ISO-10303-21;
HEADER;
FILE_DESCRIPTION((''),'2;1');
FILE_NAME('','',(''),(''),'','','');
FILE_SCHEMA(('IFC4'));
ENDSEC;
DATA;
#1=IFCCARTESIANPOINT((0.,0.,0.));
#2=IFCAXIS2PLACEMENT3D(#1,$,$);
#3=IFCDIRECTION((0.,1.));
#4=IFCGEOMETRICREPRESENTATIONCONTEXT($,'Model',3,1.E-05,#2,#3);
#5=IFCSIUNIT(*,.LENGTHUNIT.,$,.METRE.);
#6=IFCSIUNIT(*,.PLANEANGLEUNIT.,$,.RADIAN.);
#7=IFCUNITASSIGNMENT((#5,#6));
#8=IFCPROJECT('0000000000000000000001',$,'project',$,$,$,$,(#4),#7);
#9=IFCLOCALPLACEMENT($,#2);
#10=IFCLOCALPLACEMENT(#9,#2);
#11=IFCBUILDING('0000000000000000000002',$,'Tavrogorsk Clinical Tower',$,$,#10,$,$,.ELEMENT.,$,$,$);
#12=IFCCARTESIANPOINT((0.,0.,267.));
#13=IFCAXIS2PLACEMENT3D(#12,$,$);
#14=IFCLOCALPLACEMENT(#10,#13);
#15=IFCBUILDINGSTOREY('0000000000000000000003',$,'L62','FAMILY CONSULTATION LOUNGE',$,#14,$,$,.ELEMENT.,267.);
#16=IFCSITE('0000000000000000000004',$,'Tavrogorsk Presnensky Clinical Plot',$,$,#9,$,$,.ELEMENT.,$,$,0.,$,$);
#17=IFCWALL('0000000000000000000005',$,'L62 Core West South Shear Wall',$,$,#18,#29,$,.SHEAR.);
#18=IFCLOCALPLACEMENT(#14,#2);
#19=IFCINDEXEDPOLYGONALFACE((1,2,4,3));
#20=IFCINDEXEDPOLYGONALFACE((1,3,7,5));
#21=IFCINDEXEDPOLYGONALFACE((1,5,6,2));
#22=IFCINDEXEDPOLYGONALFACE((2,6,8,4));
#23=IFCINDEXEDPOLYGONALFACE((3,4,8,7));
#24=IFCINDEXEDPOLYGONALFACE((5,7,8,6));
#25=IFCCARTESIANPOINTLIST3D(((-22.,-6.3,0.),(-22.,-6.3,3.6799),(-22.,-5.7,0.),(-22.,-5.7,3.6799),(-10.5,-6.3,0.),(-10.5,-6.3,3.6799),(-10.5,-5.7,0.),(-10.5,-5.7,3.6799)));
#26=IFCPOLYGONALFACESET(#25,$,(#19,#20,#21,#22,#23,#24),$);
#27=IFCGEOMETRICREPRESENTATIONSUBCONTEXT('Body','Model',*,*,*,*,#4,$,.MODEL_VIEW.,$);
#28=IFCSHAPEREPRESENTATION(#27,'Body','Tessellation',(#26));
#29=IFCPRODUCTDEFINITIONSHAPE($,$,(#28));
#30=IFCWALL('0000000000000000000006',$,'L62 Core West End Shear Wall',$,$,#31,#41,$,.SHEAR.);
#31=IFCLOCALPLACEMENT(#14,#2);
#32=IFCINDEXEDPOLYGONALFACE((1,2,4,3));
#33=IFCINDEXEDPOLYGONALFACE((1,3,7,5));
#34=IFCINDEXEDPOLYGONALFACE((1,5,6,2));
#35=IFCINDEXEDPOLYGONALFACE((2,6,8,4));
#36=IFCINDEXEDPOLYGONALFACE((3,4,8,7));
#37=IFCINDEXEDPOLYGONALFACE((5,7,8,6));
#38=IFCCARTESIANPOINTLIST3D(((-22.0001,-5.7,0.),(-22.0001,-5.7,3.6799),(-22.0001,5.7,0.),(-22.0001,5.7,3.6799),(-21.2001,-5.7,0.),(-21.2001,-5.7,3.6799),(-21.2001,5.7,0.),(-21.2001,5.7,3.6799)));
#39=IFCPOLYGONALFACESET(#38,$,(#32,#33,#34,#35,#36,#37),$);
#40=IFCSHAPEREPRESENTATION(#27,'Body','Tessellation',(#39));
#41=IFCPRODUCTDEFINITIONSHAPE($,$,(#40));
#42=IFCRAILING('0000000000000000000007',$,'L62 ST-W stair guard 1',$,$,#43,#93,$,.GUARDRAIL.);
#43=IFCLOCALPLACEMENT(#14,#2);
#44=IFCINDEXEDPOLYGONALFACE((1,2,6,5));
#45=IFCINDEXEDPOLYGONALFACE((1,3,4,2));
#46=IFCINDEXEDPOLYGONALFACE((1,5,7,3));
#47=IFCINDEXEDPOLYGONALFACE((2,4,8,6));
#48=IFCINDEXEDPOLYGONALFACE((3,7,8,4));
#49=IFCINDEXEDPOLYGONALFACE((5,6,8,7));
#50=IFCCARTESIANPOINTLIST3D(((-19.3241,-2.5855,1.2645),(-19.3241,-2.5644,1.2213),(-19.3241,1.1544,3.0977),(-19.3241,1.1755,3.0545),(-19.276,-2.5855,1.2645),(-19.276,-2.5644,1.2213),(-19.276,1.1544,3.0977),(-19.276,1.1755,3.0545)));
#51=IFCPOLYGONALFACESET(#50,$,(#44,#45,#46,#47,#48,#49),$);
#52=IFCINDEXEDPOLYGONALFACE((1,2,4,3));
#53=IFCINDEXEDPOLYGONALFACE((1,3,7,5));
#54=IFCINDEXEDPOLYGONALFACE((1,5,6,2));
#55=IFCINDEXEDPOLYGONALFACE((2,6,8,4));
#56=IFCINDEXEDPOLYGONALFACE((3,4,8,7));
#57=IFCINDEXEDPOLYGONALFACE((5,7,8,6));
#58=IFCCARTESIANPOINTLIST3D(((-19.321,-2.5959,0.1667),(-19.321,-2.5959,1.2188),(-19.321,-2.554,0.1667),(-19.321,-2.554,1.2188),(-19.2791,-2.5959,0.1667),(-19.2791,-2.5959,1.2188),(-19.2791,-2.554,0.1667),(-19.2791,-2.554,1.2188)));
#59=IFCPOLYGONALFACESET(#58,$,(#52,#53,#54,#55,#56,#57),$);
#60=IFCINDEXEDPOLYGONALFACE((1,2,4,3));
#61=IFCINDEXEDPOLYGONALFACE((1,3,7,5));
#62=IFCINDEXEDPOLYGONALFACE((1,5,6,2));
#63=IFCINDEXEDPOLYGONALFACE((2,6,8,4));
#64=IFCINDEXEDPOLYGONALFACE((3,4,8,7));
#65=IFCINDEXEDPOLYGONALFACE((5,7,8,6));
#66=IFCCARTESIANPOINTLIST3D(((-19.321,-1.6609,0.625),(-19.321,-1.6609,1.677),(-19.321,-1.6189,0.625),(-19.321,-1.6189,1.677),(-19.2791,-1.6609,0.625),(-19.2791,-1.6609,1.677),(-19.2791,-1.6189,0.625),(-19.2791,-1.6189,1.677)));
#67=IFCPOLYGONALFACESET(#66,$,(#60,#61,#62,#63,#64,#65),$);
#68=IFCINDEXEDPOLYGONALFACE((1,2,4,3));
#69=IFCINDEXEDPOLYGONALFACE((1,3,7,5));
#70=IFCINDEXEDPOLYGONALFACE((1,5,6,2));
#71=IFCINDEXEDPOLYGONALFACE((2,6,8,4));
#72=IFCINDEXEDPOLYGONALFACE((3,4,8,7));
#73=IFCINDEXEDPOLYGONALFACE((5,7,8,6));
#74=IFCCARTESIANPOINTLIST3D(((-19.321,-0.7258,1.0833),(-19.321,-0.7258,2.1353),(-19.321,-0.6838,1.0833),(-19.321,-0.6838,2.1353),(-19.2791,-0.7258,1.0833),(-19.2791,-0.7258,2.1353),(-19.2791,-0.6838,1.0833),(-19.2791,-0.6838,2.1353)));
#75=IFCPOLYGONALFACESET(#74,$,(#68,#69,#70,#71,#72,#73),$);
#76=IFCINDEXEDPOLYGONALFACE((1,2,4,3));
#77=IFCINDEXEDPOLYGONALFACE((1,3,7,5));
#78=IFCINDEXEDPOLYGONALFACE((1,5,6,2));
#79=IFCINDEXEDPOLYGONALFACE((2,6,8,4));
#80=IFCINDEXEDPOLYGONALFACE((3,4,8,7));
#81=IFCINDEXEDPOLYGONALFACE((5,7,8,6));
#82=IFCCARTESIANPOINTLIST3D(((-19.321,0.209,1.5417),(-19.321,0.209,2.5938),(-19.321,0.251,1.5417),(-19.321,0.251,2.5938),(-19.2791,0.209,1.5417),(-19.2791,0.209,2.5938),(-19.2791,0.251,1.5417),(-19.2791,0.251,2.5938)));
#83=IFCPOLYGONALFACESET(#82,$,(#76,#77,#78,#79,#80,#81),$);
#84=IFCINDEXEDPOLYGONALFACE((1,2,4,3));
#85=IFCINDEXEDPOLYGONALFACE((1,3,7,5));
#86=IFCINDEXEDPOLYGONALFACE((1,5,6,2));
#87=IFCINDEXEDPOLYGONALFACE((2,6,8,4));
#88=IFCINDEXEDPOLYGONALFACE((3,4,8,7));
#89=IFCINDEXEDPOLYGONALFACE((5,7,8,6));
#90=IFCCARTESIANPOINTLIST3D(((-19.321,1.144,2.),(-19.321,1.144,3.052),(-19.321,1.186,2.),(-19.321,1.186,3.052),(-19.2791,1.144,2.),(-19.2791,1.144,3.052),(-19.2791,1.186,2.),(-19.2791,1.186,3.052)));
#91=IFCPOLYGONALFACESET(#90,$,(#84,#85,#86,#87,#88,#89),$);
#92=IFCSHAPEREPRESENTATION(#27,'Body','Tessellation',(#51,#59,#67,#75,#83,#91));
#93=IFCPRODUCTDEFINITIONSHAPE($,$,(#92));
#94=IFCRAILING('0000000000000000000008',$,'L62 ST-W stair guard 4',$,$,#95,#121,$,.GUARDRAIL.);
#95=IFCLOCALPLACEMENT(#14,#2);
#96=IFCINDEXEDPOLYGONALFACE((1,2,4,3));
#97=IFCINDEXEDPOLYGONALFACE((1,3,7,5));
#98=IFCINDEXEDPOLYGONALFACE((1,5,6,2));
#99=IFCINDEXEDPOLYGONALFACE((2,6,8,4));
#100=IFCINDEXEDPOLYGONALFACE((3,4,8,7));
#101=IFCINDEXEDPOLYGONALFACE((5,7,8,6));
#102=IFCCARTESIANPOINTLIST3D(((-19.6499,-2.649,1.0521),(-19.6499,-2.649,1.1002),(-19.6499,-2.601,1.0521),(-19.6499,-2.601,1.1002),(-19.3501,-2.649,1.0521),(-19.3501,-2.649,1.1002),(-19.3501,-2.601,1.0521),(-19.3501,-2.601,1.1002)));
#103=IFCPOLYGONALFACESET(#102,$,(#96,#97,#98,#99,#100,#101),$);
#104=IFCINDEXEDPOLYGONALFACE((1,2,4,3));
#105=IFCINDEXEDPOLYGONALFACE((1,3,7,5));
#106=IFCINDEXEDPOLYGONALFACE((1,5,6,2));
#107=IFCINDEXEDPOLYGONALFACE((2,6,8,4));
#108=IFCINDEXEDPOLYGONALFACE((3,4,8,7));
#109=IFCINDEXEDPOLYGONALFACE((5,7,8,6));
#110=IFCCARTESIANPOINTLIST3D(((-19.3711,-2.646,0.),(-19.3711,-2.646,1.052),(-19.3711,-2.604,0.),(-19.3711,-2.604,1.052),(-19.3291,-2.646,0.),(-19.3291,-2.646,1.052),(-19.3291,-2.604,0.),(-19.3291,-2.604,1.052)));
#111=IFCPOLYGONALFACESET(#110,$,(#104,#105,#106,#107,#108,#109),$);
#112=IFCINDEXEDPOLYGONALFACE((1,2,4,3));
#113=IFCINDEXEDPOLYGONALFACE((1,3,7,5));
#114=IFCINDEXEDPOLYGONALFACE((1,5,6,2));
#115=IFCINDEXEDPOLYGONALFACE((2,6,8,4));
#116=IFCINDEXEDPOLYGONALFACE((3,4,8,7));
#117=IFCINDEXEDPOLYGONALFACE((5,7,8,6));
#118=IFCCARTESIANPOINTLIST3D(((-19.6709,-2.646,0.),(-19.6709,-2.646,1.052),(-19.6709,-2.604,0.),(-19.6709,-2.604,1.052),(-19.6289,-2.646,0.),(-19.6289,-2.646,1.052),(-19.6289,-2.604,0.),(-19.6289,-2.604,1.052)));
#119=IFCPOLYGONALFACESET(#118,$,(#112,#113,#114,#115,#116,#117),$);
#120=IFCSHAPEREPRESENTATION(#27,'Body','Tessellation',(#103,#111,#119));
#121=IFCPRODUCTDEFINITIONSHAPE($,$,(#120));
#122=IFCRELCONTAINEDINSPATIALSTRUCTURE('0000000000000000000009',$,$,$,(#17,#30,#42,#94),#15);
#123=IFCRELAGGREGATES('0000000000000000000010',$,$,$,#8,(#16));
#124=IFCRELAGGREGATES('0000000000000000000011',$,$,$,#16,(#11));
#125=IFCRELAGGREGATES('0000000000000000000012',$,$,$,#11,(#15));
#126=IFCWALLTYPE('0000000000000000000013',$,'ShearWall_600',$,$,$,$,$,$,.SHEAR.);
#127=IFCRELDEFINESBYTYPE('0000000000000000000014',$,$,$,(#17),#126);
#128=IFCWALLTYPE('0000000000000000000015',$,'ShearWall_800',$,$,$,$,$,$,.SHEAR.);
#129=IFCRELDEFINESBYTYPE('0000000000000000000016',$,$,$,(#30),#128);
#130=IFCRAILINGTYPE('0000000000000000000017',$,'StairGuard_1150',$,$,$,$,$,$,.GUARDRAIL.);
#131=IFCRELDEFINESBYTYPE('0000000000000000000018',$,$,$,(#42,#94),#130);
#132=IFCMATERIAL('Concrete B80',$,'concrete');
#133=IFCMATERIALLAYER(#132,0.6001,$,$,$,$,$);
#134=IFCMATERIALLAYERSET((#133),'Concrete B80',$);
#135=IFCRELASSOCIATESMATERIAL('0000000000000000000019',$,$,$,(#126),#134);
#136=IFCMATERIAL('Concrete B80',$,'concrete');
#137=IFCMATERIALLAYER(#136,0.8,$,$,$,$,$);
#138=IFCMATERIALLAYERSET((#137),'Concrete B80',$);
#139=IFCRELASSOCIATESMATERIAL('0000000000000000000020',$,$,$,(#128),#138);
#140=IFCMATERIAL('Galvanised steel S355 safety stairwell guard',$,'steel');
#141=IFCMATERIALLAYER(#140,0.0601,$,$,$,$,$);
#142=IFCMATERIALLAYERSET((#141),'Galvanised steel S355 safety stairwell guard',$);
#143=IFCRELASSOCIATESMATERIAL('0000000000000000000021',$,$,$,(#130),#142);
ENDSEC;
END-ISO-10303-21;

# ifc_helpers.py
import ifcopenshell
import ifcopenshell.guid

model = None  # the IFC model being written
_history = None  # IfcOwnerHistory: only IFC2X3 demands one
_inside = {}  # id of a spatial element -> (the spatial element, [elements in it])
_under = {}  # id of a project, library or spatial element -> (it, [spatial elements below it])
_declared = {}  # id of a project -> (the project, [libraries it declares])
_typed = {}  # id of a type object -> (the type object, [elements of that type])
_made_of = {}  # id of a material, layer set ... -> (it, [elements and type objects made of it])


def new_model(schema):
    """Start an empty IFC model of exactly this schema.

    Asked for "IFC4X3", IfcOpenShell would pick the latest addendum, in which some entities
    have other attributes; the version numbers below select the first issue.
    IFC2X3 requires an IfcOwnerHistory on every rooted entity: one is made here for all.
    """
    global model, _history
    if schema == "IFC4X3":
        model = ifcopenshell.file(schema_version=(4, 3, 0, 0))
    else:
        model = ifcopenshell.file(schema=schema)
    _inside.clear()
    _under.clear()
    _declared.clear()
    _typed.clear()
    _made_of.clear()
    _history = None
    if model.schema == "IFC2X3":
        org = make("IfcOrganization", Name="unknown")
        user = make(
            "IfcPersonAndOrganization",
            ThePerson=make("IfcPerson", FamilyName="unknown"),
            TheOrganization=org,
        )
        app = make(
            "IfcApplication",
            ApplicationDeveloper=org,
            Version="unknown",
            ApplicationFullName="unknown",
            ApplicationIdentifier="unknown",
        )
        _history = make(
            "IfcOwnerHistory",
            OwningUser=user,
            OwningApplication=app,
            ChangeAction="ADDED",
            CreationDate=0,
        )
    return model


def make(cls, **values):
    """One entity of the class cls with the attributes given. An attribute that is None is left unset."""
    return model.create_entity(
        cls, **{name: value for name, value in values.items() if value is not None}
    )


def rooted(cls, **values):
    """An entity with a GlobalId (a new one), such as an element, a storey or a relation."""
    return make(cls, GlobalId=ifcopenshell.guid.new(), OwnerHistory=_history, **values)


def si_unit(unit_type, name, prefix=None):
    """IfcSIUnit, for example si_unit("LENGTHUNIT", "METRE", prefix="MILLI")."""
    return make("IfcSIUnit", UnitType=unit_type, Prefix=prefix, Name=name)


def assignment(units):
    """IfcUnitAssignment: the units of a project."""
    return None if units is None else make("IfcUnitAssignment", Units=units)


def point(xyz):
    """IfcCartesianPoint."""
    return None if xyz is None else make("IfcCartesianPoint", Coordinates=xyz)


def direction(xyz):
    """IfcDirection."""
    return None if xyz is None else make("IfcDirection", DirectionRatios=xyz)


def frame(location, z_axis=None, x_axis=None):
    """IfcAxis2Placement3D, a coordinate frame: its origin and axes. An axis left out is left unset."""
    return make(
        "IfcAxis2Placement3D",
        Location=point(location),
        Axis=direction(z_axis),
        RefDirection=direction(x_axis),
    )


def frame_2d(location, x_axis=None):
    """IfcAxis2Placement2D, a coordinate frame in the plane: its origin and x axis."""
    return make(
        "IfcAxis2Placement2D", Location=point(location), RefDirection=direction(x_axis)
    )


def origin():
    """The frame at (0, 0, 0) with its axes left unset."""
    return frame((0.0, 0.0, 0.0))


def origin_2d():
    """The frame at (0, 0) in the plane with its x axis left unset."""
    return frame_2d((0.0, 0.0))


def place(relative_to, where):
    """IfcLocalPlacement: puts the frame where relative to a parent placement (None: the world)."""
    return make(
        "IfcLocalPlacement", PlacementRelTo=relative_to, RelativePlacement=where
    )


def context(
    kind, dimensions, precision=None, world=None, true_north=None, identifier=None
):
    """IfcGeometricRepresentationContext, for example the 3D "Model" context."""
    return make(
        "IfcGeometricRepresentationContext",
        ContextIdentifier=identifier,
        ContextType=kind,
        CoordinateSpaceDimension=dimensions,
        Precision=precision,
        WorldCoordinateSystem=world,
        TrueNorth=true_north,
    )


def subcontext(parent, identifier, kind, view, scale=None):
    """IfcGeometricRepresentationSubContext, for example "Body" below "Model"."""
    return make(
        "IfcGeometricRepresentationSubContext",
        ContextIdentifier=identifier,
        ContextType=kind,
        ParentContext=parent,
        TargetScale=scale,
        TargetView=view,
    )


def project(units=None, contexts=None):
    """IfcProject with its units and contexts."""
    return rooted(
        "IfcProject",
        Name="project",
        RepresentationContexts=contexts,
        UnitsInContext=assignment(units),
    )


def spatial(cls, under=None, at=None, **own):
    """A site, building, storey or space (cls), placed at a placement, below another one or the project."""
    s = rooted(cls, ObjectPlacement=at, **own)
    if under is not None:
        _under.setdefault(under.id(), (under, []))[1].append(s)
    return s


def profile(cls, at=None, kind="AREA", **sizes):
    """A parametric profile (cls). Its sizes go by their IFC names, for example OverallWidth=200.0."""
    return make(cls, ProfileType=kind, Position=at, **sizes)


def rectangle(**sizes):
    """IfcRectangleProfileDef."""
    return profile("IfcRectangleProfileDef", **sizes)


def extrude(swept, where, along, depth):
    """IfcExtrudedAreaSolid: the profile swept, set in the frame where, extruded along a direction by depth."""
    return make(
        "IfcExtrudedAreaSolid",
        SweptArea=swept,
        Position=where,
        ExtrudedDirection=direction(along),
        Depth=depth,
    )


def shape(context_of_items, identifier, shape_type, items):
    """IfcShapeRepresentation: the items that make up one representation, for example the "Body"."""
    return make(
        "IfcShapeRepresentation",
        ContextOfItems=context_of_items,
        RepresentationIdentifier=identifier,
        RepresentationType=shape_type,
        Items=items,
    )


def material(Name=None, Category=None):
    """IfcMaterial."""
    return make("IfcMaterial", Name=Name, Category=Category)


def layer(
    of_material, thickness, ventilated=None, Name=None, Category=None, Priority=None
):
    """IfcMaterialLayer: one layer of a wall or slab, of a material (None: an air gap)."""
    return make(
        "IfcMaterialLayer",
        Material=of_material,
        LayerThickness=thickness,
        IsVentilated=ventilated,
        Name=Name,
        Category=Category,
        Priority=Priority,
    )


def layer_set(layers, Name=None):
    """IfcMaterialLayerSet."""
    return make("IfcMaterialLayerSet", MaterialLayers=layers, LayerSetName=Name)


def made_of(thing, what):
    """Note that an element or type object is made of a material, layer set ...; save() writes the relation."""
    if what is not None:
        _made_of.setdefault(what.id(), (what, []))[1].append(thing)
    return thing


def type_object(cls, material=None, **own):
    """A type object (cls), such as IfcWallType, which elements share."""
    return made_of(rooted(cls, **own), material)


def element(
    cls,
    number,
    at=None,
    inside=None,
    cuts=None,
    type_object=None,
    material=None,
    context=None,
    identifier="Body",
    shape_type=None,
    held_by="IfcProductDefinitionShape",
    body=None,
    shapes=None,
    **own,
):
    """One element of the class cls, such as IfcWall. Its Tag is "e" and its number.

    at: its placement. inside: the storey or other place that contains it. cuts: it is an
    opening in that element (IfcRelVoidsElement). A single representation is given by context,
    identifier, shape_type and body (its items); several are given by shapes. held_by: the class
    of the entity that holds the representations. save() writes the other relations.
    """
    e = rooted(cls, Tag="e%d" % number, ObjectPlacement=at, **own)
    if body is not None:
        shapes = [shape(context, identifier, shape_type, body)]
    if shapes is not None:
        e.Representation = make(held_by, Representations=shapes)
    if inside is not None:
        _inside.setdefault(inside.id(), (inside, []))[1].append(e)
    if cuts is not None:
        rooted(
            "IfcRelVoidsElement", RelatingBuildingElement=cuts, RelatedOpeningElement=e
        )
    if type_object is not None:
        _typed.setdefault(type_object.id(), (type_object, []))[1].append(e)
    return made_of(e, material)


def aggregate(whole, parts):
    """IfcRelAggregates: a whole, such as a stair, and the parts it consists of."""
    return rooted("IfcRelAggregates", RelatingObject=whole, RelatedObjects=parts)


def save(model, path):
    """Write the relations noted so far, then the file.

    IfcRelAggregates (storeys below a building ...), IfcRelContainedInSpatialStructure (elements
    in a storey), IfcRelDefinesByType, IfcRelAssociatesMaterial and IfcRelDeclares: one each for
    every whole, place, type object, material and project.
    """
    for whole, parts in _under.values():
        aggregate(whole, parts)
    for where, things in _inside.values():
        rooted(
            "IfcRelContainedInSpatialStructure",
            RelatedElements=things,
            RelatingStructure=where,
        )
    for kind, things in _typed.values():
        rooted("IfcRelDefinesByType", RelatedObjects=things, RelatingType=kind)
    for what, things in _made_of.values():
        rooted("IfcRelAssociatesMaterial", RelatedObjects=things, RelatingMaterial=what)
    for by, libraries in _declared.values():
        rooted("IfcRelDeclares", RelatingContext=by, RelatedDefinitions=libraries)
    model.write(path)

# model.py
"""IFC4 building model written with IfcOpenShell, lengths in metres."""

from ifc_helpers import new_model, si_unit, direction, frame, frame_2d, origin, origin_2d, place, context, subcontext, project, spatial, rectangle, extrude, material, layer, layer_set, type_object, element, save


model = new_model("IFC4")

# Units and contexts
model_context = context("Model", 3, precision=1e-05, world=origin(), true_north=direction((0.0, 1.0)))
body_context = subcontext(model_context, "Body", "Model", "MODEL_VIEW")
ifc_project = project(units=[si_unit("LENGTHUNIT", "METRE"), si_unit("PLANEANGLEUNIT", "RADIAN")], contexts=[model_context])

# Site, building, storey
site_placement = place(None, origin())
site = spatial("IfcSite", under=ifc_project, at=site_placement, Name="Tavrogorsk Presnensky Clinical Plot", CompositionType="ELEMENT", RefElevation=0.0)
building_placement = place(site_placement, origin())
building = spatial("IfcBuilding", under=site, at=building_placement, Name="Tavrogorsk Clinical Tower", CompositionType="ELEMENT")
storey_placement = place(building_placement, frame((0.0, 0.0, 267.0)))
storey = spatial("IfcBuildingStorey", under=building, at=storey_placement, Name="L62", Description="FAMILY CONSULTATION LOUNGE", CompositionType="ELEMENT", Elevation=267.0)

# Walls
ifc_material_1 = material(Name="Concrete B80", Category="concrete")
ifc_layer_1 = layer(ifc_material_1, 0.6001)
ifc_layer_set_1 = layer_set([ifc_layer_1], Name="Concrete B80")
wall_type_1 = type_object("IfcWallType", Name="ShearWall_600", PredefinedType="SHEAR", material=ifc_layer_set_1)
wall_1_placement = place(storey_placement, frame((-22.0, -6.0, 0.0), z_axis=(0.0, 0.0, 1.0), x_axis=(1.0, 0.0, 0.0)))
element("IfcWall", 1, at=wall_1_placement, inside=storey, type_object=wall_type_1, Name="L62 Core West South Shear Wall", PredefinedType="SHEAR", context=body_context, shape_type="SweptSolid", body=[
    extrude(rectangle(XDim=11.5, YDim=0.6001, at=frame_2d((5.75, 0.0))), origin(), (0.0, 0.0, 1.0), 3.6799),
])
ifc_material_2 = material(Name="Concrete B80", Category="concrete")
ifc_layer_2 = layer(ifc_material_2, 0.8)
ifc_layer_set_2 = layer_set([ifc_layer_2], Name="Concrete B80")
wall_type_2 = type_object("IfcWallType", Name="ShearWall_800", PredefinedType="SHEAR", material=ifc_layer_set_2)
wall_2_placement = place(storey_placement, frame((-21.6001, -5.7, 0.0), z_axis=(0.0, 0.0, 1.0), x_axis=(0.0, 1.0, 0.0)))
element("IfcWall", 2, at=wall_2_placement, inside=storey, type_object=wall_type_2, Name="L62 Core West End Shear Wall", PredefinedType="SHEAR", context=body_context, shape_type="SweptSolid", body=[
    extrude(rectangle(XDim=11.3999, YDim=0.8, at=frame_2d((5.7, 0.0))), origin(), (0.0, 0.0, 1.0), 3.6799),
])

# Railings
ifc_material_3 = material(Name="Galvanised steel S355 safety stairwell guard", Category="steel")
ifc_layer_3 = layer(ifc_material_3, 0.0601)
ifc_layer_set_3 = layer_set([ifc_layer_3], Name="Galvanised steel S355 safety stairwell guard")
railing_type = type_object("IfcRailingType", Name="StairGuard_1150", PredefinedType="GUARDRAIL", material=ifc_layer_set_3)
railing_1_placement = place(storey_placement, frame((-19.3, -2.575, 0.1667)))
element("IfcRailing", 3, at=railing_1_placement, inside=storey, type_object=railing_type, Name="L62 ST-W stair guard 1", PredefinedType="GUARDRAIL", context=body_context, shape_type="SweptSolid", body=[
    extrude(rectangle(XDim=0.0481, YDim=0.0481, at=origin_2d()), frame((0.0, 0.0, 1.0762), z_axis=(0.0, 0.897928, 0.440142), x_axis=(-1.0, 0.0, 0.0)), (0.0, 0.0, 1.0), 4.165),
    extrude(rectangle(XDim=0.042, YDim=0.042, at=origin_2d()), origin(), (0.0, 0.0, 1.0), 1.052),
    extrude(rectangle(XDim=0.042, YDim=0.042, at=origin_2d()), frame((0.0, 0.9351, 0.4583)), (0.0, 0.0, 1.0), 1.052),
    extrude(rectangle(XDim=0.042, YDim=0.042, at=origin_2d()), frame((0.0, 1.8701, 0.9165)), (0.0, 0.0, 1.0), 1.052),
    extrude(rectangle(XDim=0.042, YDim=0.042, at=origin_2d()), frame((0.0, 2.8049, 1.375)), (0.0, 0.0, 1.0), 1.052),
    extrude(rectangle(XDim=0.042, YDim=0.042, at=origin_2d()), frame((0.0, 3.74, 1.8333)), (0.0, 0.0, 1.0), 1.052),
])
railing_2_placement = place(storey_placement, frame((-19.3501, -2.625, 0.0)))
element("IfcRailing", 4, at=railing_2_placement, inside=storey, type_object=railing_type, Name="L62 ST-W stair guard 4", PredefinedType="GUARDRAIL", context=body_context, shape_type="SweptSolid", body=[
    extrude(rectangle(XDim=0.0481, YDim=0.0481, at=origin_2d()), frame((0.0, 0.0, 1.0762), z_axis=(-1.0, 0.0, 0.0), x_axis=(0.0, -1.0, 0.0)), (0.0, 0.0, 1.0), 0.2998),
    extrude(rectangle(XDim=0.042, YDim=0.042, at=origin_2d()), origin(), (0.0, 0.0, 1.0), 1.052),
    extrude(rectangle(XDim=0.042, YDim=0.042, at=origin_2d()), frame((-0.2998, 0.0, 0.0)), (0.0, 0.0, 1.0), 1.052),
])

save(model, "model.ifc")
